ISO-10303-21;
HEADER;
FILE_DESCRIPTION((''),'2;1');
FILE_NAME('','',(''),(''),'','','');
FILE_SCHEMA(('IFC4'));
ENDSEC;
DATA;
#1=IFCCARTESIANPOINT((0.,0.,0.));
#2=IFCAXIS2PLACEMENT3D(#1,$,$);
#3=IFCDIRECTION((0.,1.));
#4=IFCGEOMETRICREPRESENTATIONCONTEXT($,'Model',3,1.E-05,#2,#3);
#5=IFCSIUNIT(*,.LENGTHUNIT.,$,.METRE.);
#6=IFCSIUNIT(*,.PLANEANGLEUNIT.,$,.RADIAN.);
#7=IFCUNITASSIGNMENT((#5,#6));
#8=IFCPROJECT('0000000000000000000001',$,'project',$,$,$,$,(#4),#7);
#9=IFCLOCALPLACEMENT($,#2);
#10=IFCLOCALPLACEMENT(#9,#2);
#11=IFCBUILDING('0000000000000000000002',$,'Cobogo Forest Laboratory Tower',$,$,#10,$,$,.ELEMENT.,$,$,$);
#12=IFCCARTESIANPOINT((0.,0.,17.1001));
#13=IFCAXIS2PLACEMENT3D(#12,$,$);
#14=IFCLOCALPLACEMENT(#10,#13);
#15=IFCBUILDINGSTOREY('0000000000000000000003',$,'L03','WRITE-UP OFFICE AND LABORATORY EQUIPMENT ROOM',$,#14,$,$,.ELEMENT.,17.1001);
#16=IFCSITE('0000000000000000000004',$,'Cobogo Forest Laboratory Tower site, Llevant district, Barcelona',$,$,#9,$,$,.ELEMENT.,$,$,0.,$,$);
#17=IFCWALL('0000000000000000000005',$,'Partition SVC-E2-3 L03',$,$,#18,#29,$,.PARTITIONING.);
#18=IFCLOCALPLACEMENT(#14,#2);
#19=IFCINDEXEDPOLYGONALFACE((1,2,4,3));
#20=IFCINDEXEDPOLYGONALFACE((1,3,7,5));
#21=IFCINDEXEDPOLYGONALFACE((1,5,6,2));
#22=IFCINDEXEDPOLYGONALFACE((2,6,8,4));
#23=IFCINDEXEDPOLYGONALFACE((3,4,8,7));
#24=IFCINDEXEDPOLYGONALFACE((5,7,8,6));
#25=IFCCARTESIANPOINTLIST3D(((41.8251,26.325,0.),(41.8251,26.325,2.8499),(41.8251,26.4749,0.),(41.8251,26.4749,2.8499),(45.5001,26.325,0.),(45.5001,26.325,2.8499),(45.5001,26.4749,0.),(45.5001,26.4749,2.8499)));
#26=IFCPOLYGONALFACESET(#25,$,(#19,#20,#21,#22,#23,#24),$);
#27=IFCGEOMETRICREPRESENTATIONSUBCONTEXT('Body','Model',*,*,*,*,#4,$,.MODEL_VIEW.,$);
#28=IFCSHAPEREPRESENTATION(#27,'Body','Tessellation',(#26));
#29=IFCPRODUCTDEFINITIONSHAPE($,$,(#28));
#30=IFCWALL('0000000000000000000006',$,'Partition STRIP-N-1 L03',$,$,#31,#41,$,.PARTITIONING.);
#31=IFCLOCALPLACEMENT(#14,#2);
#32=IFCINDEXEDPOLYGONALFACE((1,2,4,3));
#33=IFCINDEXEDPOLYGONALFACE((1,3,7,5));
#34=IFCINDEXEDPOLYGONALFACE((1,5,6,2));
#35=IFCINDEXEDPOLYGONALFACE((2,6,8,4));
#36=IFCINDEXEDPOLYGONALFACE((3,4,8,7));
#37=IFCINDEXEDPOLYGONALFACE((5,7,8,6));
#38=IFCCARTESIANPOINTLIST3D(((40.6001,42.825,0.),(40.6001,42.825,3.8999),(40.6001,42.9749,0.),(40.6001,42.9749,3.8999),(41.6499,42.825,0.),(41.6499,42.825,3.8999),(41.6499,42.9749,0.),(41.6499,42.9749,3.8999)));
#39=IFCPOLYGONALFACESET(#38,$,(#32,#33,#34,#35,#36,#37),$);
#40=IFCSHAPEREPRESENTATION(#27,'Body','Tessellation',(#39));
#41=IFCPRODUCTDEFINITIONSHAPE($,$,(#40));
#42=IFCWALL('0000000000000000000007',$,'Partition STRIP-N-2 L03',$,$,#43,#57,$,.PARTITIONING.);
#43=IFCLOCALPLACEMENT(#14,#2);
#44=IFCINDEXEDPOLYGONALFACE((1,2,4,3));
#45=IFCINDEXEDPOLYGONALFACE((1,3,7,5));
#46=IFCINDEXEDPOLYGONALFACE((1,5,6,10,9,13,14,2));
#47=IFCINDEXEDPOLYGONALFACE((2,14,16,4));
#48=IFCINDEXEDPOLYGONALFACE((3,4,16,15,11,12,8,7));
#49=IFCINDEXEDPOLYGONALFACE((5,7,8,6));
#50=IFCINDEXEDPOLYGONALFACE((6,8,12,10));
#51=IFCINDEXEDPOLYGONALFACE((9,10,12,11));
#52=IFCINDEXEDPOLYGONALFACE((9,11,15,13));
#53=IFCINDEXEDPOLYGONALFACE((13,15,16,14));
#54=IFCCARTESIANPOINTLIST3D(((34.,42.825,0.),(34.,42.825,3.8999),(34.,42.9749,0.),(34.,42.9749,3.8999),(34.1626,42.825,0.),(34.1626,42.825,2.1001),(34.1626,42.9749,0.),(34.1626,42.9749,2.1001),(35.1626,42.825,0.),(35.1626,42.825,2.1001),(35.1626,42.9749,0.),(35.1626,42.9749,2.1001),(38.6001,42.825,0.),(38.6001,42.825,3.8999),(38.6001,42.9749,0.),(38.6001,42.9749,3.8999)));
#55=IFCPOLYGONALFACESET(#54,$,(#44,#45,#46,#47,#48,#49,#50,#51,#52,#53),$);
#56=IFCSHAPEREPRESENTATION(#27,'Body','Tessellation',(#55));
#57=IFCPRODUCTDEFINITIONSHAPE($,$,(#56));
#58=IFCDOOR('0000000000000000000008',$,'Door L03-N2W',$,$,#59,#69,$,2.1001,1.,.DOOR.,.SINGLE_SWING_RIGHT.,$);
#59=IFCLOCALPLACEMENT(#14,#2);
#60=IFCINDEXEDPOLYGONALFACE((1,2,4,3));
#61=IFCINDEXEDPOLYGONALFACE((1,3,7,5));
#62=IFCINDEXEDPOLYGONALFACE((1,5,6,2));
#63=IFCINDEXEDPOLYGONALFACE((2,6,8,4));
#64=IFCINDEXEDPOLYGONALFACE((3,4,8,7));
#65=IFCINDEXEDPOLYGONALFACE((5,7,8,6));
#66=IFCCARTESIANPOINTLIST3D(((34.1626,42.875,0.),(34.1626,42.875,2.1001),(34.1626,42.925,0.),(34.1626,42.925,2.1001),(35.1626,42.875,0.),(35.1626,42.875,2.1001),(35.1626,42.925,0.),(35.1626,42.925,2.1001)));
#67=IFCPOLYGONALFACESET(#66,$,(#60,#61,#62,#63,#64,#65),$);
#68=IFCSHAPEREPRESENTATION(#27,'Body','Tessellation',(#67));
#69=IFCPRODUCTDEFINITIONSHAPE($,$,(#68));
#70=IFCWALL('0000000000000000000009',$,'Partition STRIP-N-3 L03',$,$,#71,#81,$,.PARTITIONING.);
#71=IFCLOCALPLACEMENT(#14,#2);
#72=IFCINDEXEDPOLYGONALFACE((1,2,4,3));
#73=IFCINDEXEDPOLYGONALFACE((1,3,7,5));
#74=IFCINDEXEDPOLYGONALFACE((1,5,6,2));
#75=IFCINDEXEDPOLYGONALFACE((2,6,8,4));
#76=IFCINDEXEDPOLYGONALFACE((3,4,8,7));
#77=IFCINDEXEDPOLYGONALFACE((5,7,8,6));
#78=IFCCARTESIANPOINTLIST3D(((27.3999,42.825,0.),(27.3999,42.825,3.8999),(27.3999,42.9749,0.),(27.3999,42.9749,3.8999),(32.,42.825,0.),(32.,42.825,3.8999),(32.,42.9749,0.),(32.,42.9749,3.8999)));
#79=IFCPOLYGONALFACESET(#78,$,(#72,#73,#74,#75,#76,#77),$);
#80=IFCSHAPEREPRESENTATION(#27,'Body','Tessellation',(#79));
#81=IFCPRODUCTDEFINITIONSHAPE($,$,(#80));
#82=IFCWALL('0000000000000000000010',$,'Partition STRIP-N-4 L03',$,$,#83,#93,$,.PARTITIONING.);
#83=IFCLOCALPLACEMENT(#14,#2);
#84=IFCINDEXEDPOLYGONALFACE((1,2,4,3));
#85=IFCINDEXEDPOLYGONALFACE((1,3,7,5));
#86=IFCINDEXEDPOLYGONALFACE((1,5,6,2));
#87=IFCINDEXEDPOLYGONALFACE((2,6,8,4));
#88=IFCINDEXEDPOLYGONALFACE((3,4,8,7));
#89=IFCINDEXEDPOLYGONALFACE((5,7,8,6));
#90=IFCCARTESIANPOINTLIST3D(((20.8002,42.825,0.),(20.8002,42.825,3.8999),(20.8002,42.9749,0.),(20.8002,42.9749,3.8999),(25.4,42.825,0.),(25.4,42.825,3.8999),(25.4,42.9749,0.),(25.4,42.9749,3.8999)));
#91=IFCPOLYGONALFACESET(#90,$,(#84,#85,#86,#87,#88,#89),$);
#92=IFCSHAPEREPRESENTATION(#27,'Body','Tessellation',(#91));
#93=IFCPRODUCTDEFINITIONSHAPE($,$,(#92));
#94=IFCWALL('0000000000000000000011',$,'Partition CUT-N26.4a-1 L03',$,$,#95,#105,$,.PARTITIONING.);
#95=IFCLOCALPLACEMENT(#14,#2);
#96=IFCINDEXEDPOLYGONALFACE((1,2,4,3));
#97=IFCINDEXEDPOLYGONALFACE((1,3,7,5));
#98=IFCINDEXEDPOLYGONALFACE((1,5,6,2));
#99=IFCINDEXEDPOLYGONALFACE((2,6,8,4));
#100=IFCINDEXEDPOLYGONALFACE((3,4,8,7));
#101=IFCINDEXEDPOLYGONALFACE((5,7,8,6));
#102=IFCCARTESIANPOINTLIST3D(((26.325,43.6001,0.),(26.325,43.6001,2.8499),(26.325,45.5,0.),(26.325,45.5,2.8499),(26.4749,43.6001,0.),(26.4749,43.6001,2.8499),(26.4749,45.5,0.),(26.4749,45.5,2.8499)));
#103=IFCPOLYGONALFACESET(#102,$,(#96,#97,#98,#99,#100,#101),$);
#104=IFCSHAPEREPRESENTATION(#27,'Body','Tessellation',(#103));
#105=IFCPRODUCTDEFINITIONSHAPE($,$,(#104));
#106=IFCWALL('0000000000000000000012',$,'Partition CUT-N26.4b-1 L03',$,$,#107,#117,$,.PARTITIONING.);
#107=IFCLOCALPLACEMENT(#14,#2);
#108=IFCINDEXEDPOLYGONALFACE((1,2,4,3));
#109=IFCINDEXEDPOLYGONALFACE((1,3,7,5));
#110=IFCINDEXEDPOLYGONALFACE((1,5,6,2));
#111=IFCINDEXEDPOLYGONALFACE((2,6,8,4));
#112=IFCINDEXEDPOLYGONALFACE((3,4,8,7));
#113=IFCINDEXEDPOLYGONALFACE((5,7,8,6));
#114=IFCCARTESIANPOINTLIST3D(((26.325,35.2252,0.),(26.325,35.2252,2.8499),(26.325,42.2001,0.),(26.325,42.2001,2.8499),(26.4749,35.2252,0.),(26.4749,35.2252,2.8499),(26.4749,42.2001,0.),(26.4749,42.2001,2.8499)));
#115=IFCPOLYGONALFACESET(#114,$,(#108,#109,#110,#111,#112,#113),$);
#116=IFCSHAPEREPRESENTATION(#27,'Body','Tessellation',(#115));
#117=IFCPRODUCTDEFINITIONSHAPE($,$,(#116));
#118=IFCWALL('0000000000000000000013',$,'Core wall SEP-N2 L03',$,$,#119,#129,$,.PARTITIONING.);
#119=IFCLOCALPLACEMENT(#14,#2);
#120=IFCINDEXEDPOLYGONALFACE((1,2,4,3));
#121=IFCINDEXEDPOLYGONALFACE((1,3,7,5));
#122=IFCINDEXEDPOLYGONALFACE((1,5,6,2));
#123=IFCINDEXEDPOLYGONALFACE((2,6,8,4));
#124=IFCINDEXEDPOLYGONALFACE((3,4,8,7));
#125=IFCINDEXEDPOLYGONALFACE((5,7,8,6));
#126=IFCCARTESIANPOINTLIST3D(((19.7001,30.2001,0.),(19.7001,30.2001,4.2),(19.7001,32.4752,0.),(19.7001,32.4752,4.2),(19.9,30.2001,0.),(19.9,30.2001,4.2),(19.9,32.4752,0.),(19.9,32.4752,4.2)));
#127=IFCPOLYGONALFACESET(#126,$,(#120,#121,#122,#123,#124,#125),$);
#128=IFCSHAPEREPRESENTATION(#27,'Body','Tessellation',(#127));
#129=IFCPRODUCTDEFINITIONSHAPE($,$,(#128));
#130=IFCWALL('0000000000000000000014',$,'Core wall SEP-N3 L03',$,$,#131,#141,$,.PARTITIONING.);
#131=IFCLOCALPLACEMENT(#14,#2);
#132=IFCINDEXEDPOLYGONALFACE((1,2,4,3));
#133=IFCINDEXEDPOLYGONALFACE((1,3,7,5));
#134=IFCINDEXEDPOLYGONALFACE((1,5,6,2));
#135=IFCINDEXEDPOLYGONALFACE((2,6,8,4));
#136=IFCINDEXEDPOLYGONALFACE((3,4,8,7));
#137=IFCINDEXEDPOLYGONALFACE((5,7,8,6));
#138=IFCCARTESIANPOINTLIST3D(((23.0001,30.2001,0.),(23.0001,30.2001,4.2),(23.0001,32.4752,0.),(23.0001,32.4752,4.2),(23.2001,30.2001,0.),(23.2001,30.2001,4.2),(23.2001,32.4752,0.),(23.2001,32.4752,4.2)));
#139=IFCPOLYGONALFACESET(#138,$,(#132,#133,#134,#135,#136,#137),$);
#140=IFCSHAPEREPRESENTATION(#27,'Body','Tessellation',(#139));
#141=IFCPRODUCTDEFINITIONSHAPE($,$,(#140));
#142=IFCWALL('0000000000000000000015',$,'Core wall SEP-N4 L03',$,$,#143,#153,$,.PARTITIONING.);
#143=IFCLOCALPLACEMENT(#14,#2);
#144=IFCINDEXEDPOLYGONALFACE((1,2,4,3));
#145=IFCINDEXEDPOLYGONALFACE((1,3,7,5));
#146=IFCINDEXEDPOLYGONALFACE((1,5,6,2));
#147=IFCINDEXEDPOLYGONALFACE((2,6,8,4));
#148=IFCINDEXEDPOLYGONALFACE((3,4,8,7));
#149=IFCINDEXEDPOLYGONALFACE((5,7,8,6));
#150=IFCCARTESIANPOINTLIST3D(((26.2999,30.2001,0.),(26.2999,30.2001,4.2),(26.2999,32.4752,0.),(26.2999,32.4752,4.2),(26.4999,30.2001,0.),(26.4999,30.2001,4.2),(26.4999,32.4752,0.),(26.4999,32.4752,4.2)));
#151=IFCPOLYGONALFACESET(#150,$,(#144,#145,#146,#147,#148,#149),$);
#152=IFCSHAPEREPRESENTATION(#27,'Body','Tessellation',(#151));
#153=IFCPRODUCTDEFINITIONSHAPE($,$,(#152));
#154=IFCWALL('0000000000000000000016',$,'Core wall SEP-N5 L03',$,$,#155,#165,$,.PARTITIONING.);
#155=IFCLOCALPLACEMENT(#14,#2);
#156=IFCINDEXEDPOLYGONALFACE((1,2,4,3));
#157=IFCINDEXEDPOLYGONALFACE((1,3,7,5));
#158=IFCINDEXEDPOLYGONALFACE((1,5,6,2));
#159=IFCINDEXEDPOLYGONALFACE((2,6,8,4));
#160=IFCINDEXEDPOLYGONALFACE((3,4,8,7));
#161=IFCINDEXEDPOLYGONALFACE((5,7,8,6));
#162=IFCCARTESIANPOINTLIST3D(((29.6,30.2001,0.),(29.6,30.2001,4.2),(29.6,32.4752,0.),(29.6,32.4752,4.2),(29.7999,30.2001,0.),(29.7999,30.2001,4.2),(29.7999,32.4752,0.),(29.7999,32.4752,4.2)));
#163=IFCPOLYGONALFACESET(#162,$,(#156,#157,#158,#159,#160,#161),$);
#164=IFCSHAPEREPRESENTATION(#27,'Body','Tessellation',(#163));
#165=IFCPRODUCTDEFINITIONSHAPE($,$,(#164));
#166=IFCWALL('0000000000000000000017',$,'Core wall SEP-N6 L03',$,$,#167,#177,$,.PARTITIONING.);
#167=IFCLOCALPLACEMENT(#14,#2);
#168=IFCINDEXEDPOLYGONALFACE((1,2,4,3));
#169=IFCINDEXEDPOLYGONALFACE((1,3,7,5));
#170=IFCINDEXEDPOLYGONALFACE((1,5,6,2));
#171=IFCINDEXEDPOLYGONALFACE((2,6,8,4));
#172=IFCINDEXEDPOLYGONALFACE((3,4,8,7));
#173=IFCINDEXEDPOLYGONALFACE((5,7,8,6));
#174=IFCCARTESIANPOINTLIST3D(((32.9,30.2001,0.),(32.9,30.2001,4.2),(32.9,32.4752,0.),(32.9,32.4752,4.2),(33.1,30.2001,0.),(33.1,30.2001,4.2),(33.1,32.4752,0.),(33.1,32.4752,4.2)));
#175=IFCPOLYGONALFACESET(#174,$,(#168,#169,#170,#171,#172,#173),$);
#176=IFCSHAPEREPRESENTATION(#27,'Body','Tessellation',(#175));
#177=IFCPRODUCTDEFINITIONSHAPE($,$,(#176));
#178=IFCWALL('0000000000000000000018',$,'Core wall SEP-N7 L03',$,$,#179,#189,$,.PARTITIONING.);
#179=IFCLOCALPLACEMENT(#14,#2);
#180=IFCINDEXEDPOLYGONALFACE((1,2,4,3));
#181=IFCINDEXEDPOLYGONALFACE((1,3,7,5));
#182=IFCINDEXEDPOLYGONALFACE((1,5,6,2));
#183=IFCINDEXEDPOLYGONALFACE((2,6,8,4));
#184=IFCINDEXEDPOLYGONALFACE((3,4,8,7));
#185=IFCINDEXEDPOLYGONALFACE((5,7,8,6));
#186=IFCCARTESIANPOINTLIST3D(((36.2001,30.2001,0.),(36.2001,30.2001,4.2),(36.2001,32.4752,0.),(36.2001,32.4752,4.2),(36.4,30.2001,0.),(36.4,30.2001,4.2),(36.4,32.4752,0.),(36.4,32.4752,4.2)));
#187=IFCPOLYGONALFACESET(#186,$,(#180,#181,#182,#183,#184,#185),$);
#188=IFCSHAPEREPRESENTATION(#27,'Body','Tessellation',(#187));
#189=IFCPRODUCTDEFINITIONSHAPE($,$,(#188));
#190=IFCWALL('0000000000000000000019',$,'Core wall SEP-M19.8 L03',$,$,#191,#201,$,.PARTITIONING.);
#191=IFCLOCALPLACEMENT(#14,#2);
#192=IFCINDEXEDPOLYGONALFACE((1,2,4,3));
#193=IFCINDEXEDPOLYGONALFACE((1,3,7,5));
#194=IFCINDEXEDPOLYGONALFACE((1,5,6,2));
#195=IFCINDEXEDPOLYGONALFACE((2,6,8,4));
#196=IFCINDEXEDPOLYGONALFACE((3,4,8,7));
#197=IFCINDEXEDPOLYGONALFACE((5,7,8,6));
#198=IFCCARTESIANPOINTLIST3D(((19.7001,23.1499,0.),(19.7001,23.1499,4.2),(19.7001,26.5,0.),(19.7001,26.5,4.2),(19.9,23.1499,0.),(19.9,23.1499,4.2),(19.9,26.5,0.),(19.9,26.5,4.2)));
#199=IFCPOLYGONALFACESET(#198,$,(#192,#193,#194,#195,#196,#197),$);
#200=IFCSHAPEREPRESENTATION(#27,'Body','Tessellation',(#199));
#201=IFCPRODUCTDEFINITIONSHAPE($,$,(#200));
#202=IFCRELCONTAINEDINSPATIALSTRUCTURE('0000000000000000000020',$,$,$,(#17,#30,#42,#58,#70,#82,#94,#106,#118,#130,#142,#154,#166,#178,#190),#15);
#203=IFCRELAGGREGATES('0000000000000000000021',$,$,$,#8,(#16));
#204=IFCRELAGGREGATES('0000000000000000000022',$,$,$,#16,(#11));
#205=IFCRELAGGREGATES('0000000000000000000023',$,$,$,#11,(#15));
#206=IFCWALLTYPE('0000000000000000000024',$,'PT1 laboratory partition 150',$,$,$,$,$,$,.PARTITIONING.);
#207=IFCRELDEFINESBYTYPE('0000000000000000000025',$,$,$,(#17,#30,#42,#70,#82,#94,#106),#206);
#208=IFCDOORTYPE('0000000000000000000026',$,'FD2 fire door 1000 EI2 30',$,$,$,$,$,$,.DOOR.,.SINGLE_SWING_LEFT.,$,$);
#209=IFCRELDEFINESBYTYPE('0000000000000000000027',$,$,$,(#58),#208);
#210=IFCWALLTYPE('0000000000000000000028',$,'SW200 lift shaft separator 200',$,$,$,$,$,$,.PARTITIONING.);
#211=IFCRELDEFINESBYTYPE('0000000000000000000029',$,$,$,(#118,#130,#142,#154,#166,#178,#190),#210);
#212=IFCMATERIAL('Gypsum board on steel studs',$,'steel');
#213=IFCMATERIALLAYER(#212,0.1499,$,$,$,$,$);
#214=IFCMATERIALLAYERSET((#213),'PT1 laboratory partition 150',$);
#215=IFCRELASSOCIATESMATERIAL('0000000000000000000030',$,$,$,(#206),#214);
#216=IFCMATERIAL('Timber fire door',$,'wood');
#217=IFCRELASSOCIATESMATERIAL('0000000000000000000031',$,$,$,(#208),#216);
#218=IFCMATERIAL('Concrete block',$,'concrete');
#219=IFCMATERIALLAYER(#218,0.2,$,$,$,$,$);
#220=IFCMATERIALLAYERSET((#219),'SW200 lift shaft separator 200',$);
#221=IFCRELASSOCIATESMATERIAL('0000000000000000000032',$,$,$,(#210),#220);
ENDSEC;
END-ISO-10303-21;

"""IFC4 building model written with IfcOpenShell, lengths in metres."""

from ifc_helpers import new_model, si_unit, direction, frame, frame_2d, origin, place, context, subcontext, project, spatial, rectangle, extrude, material, layer, layer_set, type_object, element, fill, save


model = new_model("IFC4")

# Units and contexts
model_context = context("Model", 3, precision=1e-05, world=origin(), true_north=direction((0.0, 1.0)))
body_context = subcontext(model_context, "Body", "Model", "MODEL_VIEW")
ifc_project = project(units=[si_unit("LENGTHUNIT", "METRE"), si_unit("PLANEANGLEUNIT", "RADIAN")], contexts=[model_context])

# Site, building, storey
site_placement = place(None, origin())
site = spatial("IfcSite", under=ifc_project, at=site_placement, Name="Cobogo Forest Laboratory Tower site, Llevant district, Barcelona", CompositionType="ELEMENT", RefElevation=0.0)
building_placement = place(site_placement, origin())
building = spatial("IfcBuilding", under=site, at=building_placement, Name="Cobogo Forest Laboratory Tower", CompositionType="ELEMENT")
storey_placement = place(building_placement, frame((0.0, 0.0, 17.1001)))
storey = spatial("IfcBuildingStorey", under=building, at=storey_placement, Name="L03", Description="WRITE-UP OFFICE AND LABORATORY EQUIPMENT ROOM", CompositionType="ELEMENT", Elevation=17.1001)

# Walls
ifc_material_1 = material(Name="Gypsum board on steel studs", Category="steel")
ifc_layer_1 = layer(ifc_material_1, 0.1499)
ifc_layer_set_1 = layer_set([ifc_layer_1], Name="PT1 laboratory partition 150")
wall_type_1 = type_object("IfcWallType", Name="PT1 laboratory partition 150", PredefinedType="PARTITIONING", material=ifc_layer_set_1)
wall_1_placement = place(storey_placement, frame((45.5, 26.3999, 0.0), z_axis=(0.0, 0.0, 1.0), x_axis=(-1.0, 0.0, 0.0)))
element("IfcWall", 1, at=wall_1_placement, inside=storey, type_object=wall_type_1, Name="Partition SVC-E2-3 L03", PredefinedType="PARTITIONING", context=body_context, shape_type="SweptSolid", body=[
    extrude(rectangle(XDim=3.675, YDim=0.1499, at=frame_2d((1.8374, 0.0))), origin(), (0.0, 0.0, 1.0), 2.8499),
])
wall_2_placement = place(storey_placement, frame((41.6499, 42.8999, 0.0), z_axis=(0.0, 0.0, 1.0), x_axis=(-1.0, 0.0, 0.0)))
element("IfcWall", 2, at=wall_2_placement, inside=storey, type_object=wall_type_1, Name="Partition STRIP-N-1 L03", PredefinedType="PARTITIONING", context=body_context, shape_type="SweptSolid", body=[
    extrude(rectangle(XDim=1.0498, YDim=0.1499, at=frame_2d((0.5249, 0.0))), origin(), (0.0, 0.0, 1.0), 3.8999),
])

# Wall, opening, door
wall_3_placement = place(storey_placement, frame((38.6001, 42.8999, 0.0), z_axis=(0.0, 0.0, 1.0), x_axis=(-1.0, 0.0, 0.0)))
wall_3 = element("IfcWall", 3, at=wall_3_placement, inside=storey, type_object=wall_type_1, Name="Partition STRIP-N-2 L03", PredefinedType="PARTITIONING", context=body_context, shape_type="SweptSolid", body=[
    extrude(rectangle(XDim=4.6001, YDim=0.1499, at=frame_2d((2.3, 0.0))), origin(), (0.0, 0.0, 1.0), 3.8999),
])
opening_placement = place(wall_3_placement, frame((3.4375, 0.0, 0.0)))
opening = element("IfcOpeningElement", 4, at=opening_placement, cuts=wall_3, PredefinedType="OPENING", context=body_context, shape_type="SweptSolid", body=[
    extrude(rectangle(XDim=1.0, YDim=2.1001, at=frame_2d((0.5, 1.05))), frame((0.0, 0.085, 0.0), z_axis=(0.0, -1.0, 0.0), x_axis=(1.0, 0.0, 0.0)), (0.0, 0.0, 1.0), 0.1699),
])
ifc_material_2 = material(Name="Timber fire door", Category="wood")
door_type = type_object("IfcDoorType", Name="FD2 fire door 1000 EI2 30", OperationType="SINGLE_SWING_LEFT", PredefinedType="DOOR", material=ifc_material_2)
door_placement = place(opening_placement, origin())
door = element("IfcDoor", 5, at=door_placement, inside=storey, type_object=door_type, Name="Door L03-N2W", OperationType="SINGLE_SWING_RIGHT", OverallHeight=2.1001, OverallWidth=1.0, PredefinedType="DOOR", context=body_context, shape_type="SweptSolid", body=[
    extrude(rectangle(XDim=1.0, YDim=2.1001, at=frame_2d((0.5, 1.05))), frame((0.0, 0.0249, 0.0), z_axis=(0.0, -1.0, 0.0), x_axis=(1.0, 0.0, 0.0)), (0.0, 0.0, 1.0), 0.05),
])
fill(opening, door)

# Walls
wall_4_placement = place(storey_placement, frame((32.0, 42.8999, 0.0), z_axis=(0.0, 0.0, 1.0), x_axis=(-1.0, 0.0, 0.0)))
element("IfcWall", 6, at=wall_4_placement, inside=storey, type_object=wall_type_1, Name="Partition STRIP-N-3 L03", PredefinedType="PARTITIONING", context=body_context, shape_type="SweptSolid", body=[
    extrude(rectangle(XDim=4.6001, YDim=0.1499, at=frame_2d((2.3, 0.0))), origin(), (0.0, 0.0, 1.0), 3.8999),
])
wall_5_placement = place(storey_placement, frame((25.3999, 42.8999, 0.0), z_axis=(0.0, 0.0, 1.0), x_axis=(-1.0, 0.0, 0.0)))
element("IfcWall", 7, at=wall_5_placement, inside=storey, type_object=wall_type_1, Name="Partition STRIP-N-4 L03", PredefinedType="PARTITIONING", context=body_context, shape_type="SweptSolid", body=[
    extrude(rectangle(XDim=4.5999, YDim=0.1499, at=frame_2d((2.2998, 0.0))), origin(), (0.0, 0.0, 1.0), 3.8999),
])
wall_6_placement = place(storey_placement, frame((26.3999, 45.5, 0.0), z_axis=(0.0, 0.0, 1.0), x_axis=(0.0, -1.0, 0.0)))
element("IfcWall", 8, at=wall_6_placement, inside=storey, type_object=wall_type_1, Name="Partition CUT-N26.4a-1 L03", PredefinedType="PARTITIONING", context=body_context, shape_type="SweptSolid", body=[
    extrude(rectangle(XDim=1.8999, YDim=0.1499, at=frame_2d((0.95, 0.0))), origin(), (0.0, 0.0, 1.0), 2.8499),
])
wall_7_placement = place(storey_placement, frame((26.3999, 42.2, 0.0), z_axis=(0.0, 0.0, 1.0), x_axis=(0.0, -1.0, 0.0)))
element("IfcWall", 9, at=wall_7_placement, inside=storey, type_object=wall_type_1, Name="Partition CUT-N26.4b-1 L03", PredefinedType="PARTITIONING", context=body_context, shape_type="SweptSolid", body=[
    extrude(rectangle(XDim=6.9749, YDim=0.1499, at=frame_2d((3.4873, 0.0))), origin(), (0.0, 0.0, 1.0), 2.8499),
])
ifc_material_3 = material(Name="Concrete block", Category="concrete")
ifc_layer_2 = layer(ifc_material_3, 0.2)
ifc_layer_set_2 = layer_set([ifc_layer_2], Name="SW200 lift shaft separator 200")
wall_type_2 = type_object("IfcWallType", Name="SW200 lift shaft separator 200", PredefinedType="PARTITIONING", material=ifc_layer_set_2)
for number, where, z_axis, x_axis, name in (
    (10, (19.8, 30.2, 0.0), (0.0, 0.0, 1.0), (0.0, 1.0, 0.0), "Core wall SEP-N2 L03"),
    (11, (23.1001, 30.2, 0.0), (0.0, 0.0, 1.0), (0.0, 1.0, 0.0), "Core wall SEP-N3 L03"),
    (12, (26.3999, 30.2, 0.0), (0.0, 0.0, 1.0), (0.0, 1.0, 0.0), "Core wall SEP-N4 L03"),
    (13, (29.7, 30.2, 0.0), (0.0, 0.0, 1.0), (0.0, 1.0, 0.0), "Core wall SEP-N5 L03"),
    (14, (33.0, 30.2, 0.0), (0.0, 0.0, 1.0), (0.0, 1.0, 0.0), "Core wall SEP-N6 L03"),
    (15, (36.3, 30.2, 0.0), (0.0, 0.0, 1.0), (0.0, 1.0, 0.0), "Core wall SEP-N7 L03"),
):
    element("IfcWall", number, at=place(storey_placement, frame(where, z_axis=z_axis, x_axis=x_axis)), inside=storey, type_object=wall_type_2, Name=name, PredefinedType="PARTITIONING", context=body_context, shape_type="SweptSolid", body=[
        extrude(rectangle(XDim=2.2751, YDim=0.2, at=frame_2d((1.1377, 0.0))), origin(), (0.0, 0.0, 1.0), 4.2),
    ])
for number, where, z_axis, x_axis, name in (
    (16, (19.8, 23.1499, 0.0), (0.0, 0.0, 1.0), (0.0, 1.0, 0.0), "Core wall SEP-M19.8 L03"),
):
    element("IfcWall", number, at=place(storey_placement, frame(where, z_axis=z_axis, x_axis=x_axis)), inside=storey, type_object=wall_type_2, Name=name, PredefinedType="PARTITIONING", context=body_context, shape_type="SweptSolid", body=[
        extrude(rectangle(XDim=3.3501, YDim=0.2, at=frame_2d((1.675, 0.0))), origin(), (0.0, 0.0, 1.0), 4.2),
    ])

save(model, "model.ifc")
